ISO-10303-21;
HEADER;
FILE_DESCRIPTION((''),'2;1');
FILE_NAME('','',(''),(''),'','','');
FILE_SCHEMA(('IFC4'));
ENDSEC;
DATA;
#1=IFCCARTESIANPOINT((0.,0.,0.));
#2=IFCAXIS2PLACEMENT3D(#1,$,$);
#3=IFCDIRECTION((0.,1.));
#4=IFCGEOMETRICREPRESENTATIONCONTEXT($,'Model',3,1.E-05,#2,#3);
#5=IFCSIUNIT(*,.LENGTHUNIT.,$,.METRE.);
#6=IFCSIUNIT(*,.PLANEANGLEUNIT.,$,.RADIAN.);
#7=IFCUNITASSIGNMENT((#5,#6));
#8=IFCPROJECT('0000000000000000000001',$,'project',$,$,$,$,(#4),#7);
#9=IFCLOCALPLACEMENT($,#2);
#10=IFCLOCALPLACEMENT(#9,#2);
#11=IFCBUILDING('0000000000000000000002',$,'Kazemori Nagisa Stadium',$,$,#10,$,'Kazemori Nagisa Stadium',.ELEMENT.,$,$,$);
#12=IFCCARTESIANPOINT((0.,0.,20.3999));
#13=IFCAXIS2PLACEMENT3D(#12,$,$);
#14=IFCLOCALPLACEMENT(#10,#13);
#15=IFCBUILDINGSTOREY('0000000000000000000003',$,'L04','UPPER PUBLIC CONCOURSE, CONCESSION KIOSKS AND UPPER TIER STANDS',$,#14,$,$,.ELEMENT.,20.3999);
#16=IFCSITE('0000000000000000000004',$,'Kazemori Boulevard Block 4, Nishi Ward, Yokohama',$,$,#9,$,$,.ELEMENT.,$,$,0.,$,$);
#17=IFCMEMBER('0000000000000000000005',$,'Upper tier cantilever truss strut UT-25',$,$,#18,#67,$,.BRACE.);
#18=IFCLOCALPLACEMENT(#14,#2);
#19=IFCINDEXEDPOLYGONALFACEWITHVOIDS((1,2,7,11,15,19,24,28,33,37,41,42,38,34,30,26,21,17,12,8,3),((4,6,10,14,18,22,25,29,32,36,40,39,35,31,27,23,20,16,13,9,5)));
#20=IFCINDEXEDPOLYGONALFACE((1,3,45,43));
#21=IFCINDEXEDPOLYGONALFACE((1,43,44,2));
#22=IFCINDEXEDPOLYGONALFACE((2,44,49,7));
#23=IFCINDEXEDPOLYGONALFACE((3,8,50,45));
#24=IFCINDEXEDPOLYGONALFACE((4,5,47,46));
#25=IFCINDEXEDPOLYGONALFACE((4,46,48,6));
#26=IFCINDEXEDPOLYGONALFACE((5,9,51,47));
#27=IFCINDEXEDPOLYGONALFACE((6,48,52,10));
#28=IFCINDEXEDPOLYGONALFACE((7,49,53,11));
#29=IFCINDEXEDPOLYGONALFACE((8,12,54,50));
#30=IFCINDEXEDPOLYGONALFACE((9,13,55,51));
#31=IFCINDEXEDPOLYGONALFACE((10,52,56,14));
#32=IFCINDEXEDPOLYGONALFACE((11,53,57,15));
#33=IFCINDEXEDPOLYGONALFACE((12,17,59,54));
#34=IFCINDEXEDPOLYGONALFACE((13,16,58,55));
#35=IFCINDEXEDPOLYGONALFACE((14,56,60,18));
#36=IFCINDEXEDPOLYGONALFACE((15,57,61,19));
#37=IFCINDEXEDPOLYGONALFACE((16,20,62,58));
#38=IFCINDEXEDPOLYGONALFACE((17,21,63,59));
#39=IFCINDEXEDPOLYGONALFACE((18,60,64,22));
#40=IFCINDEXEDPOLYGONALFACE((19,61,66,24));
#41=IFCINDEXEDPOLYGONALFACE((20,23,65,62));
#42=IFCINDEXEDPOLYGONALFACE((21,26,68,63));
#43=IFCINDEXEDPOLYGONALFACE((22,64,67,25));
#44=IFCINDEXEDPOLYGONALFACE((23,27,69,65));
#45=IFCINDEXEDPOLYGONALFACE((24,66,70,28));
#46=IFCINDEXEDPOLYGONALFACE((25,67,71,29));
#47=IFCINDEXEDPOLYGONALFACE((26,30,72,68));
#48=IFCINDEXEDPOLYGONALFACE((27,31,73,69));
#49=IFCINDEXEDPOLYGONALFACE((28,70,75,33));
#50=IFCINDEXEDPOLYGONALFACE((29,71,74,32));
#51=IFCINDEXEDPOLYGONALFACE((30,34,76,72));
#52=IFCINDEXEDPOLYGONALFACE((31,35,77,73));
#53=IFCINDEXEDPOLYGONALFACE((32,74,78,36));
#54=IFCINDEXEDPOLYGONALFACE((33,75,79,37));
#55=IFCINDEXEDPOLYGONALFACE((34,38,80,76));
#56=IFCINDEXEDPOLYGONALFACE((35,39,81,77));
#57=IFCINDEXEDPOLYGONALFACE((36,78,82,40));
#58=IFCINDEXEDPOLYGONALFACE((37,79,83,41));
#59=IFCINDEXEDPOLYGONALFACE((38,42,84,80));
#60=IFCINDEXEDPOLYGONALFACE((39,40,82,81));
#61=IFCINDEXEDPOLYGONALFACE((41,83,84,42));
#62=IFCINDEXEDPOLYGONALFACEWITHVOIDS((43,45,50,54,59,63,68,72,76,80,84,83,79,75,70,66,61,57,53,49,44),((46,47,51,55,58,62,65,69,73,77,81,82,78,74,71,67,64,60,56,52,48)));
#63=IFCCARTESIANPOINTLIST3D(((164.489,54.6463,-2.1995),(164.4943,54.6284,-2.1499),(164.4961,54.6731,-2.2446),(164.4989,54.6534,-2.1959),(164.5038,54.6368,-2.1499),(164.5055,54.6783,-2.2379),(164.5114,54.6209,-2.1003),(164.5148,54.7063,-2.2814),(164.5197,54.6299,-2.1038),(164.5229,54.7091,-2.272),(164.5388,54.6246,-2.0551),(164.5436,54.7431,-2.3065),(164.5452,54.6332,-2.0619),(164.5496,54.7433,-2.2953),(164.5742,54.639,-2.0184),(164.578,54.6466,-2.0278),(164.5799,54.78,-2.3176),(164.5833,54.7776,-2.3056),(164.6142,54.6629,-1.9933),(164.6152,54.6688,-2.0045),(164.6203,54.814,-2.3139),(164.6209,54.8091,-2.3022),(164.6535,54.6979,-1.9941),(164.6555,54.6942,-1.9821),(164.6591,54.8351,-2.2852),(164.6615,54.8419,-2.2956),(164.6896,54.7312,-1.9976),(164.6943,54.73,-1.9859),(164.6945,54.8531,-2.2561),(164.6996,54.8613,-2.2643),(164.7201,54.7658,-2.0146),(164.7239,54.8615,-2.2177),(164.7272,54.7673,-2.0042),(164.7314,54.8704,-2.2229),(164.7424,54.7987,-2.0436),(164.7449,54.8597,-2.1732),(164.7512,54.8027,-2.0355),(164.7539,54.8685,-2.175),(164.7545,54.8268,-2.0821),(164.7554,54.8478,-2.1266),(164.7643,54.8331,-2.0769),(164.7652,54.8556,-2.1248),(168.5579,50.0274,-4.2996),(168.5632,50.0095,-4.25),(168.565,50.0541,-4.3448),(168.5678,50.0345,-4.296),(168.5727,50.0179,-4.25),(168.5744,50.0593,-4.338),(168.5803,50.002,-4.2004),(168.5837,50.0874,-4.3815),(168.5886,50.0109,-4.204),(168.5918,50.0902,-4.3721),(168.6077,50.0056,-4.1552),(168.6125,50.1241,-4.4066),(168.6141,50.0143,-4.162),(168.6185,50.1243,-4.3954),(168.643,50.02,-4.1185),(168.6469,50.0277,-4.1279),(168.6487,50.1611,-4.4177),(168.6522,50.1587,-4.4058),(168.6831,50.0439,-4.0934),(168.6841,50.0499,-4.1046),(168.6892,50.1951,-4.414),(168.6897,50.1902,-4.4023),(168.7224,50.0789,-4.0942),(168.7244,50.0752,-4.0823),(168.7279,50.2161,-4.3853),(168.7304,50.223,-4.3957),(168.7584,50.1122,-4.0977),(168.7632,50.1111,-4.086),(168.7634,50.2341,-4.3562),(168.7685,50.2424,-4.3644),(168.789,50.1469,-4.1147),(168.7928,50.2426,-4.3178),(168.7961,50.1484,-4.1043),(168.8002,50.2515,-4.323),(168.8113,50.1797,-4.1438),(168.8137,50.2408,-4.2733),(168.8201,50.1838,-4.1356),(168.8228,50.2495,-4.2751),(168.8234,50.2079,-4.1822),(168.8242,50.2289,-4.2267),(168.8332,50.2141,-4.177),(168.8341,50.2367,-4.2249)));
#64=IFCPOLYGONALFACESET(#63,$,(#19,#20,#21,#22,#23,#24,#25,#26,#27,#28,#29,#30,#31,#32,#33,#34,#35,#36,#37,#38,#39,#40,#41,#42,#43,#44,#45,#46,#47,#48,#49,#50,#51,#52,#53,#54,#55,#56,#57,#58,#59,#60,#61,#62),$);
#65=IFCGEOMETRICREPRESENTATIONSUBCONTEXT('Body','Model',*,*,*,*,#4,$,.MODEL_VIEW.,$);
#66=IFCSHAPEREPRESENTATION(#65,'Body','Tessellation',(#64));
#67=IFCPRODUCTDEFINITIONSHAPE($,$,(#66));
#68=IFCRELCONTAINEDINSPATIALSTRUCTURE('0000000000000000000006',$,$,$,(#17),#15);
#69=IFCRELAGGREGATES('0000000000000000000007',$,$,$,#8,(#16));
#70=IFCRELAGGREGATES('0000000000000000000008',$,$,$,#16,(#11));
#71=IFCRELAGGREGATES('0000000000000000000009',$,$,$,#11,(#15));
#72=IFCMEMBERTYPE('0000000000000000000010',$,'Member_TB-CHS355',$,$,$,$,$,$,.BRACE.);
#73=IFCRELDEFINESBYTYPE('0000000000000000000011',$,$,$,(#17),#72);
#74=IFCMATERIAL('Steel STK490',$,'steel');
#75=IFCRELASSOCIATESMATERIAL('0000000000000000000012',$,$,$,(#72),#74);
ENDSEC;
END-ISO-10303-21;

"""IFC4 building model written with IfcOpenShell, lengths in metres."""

from ifc_helpers import new_model, si_unit, direction, frame, origin, origin_2d, place, context, subcontext, project, spatial, hollow_circle, extrude, material, material_profile, profile_set, type_object, element, save


model = new_model("IFC4")

# Units and contexts
model_context = context("Model", 3, precision=1e-05, world=origin(), true_north=direction((0.0, 1.0)))
body_context = subcontext(model_context, "Body", "Model", "MODEL_VIEW")
ifc_project = project(units=[si_unit("LENGTHUNIT", "METRE"), si_unit("PLANEANGLEUNIT", "RADIAN")], contexts=[model_context])

# Site, building, storey
site_placement = place(None, origin())
site = spatial("IfcSite", under=ifc_project, at=site_placement, Name="Kazemori Boulevard Block 4, Nishi Ward, Yokohama", CompositionType="ELEMENT", RefElevation=0.0)
building_placement = place(site_placement, origin())
building = spatial("IfcBuilding", under=site, at=building_placement, Name="Kazemori Nagisa Stadium", LongName="Kazemori Nagisa Stadium", CompositionType="ELEMENT")
storey_placement = place(building_placement, frame((0.0, 0.0, 20.3999)))
storey = spatial("IfcBuildingStorey", under=building, at=storey_placement, Name="L04", Description="UPPER PUBLIC CONCOURSE, CONCESSION KIOSKS AND UPPER TIER STANDS", CompositionType="ELEMENT", Elevation=20.3999)

# Member
ifc_material_1 = material(Name="Steel STK490", Category="steel")
ifc_material_profile_1 = material_profile(ifc_material_1, hollow_circle(Radius=0.1777, WallThickness=0.0127, at=origin_2d()), Name="CHS-355.6x12.7")
ifc_profile_set_1 = profile_set([ifc_material_profile_1], Name="Steel STK490")
member_type = type_object("IfcMemberType", Name="Member_TB-CHS355", PredefinedType="BRACE", material=ifc_profile_set_1)
member_placement = place(storey_placement, frame((168.6965, 50.127, -4.25), z_axis=(-0.625605, 0.710178, 0.3229), x_axis=(-0.750374, -0.661014, 0.0)))
element("IfcMember", 1, at=member_placement, inside=storey, type_object=member_type, Name="Upper tier cantilever truss strut UT-25", PredefinedType="BRACE", context=body_context, shape_type="SweptSolid", body=[
    extrude(hollow_circle(Radius=0.1777, WallThickness=0.0127, at=origin_2d()), origin(), (0.0, 0.0, 1.0), 6.5039),
])

save(model, "model.ifc")
